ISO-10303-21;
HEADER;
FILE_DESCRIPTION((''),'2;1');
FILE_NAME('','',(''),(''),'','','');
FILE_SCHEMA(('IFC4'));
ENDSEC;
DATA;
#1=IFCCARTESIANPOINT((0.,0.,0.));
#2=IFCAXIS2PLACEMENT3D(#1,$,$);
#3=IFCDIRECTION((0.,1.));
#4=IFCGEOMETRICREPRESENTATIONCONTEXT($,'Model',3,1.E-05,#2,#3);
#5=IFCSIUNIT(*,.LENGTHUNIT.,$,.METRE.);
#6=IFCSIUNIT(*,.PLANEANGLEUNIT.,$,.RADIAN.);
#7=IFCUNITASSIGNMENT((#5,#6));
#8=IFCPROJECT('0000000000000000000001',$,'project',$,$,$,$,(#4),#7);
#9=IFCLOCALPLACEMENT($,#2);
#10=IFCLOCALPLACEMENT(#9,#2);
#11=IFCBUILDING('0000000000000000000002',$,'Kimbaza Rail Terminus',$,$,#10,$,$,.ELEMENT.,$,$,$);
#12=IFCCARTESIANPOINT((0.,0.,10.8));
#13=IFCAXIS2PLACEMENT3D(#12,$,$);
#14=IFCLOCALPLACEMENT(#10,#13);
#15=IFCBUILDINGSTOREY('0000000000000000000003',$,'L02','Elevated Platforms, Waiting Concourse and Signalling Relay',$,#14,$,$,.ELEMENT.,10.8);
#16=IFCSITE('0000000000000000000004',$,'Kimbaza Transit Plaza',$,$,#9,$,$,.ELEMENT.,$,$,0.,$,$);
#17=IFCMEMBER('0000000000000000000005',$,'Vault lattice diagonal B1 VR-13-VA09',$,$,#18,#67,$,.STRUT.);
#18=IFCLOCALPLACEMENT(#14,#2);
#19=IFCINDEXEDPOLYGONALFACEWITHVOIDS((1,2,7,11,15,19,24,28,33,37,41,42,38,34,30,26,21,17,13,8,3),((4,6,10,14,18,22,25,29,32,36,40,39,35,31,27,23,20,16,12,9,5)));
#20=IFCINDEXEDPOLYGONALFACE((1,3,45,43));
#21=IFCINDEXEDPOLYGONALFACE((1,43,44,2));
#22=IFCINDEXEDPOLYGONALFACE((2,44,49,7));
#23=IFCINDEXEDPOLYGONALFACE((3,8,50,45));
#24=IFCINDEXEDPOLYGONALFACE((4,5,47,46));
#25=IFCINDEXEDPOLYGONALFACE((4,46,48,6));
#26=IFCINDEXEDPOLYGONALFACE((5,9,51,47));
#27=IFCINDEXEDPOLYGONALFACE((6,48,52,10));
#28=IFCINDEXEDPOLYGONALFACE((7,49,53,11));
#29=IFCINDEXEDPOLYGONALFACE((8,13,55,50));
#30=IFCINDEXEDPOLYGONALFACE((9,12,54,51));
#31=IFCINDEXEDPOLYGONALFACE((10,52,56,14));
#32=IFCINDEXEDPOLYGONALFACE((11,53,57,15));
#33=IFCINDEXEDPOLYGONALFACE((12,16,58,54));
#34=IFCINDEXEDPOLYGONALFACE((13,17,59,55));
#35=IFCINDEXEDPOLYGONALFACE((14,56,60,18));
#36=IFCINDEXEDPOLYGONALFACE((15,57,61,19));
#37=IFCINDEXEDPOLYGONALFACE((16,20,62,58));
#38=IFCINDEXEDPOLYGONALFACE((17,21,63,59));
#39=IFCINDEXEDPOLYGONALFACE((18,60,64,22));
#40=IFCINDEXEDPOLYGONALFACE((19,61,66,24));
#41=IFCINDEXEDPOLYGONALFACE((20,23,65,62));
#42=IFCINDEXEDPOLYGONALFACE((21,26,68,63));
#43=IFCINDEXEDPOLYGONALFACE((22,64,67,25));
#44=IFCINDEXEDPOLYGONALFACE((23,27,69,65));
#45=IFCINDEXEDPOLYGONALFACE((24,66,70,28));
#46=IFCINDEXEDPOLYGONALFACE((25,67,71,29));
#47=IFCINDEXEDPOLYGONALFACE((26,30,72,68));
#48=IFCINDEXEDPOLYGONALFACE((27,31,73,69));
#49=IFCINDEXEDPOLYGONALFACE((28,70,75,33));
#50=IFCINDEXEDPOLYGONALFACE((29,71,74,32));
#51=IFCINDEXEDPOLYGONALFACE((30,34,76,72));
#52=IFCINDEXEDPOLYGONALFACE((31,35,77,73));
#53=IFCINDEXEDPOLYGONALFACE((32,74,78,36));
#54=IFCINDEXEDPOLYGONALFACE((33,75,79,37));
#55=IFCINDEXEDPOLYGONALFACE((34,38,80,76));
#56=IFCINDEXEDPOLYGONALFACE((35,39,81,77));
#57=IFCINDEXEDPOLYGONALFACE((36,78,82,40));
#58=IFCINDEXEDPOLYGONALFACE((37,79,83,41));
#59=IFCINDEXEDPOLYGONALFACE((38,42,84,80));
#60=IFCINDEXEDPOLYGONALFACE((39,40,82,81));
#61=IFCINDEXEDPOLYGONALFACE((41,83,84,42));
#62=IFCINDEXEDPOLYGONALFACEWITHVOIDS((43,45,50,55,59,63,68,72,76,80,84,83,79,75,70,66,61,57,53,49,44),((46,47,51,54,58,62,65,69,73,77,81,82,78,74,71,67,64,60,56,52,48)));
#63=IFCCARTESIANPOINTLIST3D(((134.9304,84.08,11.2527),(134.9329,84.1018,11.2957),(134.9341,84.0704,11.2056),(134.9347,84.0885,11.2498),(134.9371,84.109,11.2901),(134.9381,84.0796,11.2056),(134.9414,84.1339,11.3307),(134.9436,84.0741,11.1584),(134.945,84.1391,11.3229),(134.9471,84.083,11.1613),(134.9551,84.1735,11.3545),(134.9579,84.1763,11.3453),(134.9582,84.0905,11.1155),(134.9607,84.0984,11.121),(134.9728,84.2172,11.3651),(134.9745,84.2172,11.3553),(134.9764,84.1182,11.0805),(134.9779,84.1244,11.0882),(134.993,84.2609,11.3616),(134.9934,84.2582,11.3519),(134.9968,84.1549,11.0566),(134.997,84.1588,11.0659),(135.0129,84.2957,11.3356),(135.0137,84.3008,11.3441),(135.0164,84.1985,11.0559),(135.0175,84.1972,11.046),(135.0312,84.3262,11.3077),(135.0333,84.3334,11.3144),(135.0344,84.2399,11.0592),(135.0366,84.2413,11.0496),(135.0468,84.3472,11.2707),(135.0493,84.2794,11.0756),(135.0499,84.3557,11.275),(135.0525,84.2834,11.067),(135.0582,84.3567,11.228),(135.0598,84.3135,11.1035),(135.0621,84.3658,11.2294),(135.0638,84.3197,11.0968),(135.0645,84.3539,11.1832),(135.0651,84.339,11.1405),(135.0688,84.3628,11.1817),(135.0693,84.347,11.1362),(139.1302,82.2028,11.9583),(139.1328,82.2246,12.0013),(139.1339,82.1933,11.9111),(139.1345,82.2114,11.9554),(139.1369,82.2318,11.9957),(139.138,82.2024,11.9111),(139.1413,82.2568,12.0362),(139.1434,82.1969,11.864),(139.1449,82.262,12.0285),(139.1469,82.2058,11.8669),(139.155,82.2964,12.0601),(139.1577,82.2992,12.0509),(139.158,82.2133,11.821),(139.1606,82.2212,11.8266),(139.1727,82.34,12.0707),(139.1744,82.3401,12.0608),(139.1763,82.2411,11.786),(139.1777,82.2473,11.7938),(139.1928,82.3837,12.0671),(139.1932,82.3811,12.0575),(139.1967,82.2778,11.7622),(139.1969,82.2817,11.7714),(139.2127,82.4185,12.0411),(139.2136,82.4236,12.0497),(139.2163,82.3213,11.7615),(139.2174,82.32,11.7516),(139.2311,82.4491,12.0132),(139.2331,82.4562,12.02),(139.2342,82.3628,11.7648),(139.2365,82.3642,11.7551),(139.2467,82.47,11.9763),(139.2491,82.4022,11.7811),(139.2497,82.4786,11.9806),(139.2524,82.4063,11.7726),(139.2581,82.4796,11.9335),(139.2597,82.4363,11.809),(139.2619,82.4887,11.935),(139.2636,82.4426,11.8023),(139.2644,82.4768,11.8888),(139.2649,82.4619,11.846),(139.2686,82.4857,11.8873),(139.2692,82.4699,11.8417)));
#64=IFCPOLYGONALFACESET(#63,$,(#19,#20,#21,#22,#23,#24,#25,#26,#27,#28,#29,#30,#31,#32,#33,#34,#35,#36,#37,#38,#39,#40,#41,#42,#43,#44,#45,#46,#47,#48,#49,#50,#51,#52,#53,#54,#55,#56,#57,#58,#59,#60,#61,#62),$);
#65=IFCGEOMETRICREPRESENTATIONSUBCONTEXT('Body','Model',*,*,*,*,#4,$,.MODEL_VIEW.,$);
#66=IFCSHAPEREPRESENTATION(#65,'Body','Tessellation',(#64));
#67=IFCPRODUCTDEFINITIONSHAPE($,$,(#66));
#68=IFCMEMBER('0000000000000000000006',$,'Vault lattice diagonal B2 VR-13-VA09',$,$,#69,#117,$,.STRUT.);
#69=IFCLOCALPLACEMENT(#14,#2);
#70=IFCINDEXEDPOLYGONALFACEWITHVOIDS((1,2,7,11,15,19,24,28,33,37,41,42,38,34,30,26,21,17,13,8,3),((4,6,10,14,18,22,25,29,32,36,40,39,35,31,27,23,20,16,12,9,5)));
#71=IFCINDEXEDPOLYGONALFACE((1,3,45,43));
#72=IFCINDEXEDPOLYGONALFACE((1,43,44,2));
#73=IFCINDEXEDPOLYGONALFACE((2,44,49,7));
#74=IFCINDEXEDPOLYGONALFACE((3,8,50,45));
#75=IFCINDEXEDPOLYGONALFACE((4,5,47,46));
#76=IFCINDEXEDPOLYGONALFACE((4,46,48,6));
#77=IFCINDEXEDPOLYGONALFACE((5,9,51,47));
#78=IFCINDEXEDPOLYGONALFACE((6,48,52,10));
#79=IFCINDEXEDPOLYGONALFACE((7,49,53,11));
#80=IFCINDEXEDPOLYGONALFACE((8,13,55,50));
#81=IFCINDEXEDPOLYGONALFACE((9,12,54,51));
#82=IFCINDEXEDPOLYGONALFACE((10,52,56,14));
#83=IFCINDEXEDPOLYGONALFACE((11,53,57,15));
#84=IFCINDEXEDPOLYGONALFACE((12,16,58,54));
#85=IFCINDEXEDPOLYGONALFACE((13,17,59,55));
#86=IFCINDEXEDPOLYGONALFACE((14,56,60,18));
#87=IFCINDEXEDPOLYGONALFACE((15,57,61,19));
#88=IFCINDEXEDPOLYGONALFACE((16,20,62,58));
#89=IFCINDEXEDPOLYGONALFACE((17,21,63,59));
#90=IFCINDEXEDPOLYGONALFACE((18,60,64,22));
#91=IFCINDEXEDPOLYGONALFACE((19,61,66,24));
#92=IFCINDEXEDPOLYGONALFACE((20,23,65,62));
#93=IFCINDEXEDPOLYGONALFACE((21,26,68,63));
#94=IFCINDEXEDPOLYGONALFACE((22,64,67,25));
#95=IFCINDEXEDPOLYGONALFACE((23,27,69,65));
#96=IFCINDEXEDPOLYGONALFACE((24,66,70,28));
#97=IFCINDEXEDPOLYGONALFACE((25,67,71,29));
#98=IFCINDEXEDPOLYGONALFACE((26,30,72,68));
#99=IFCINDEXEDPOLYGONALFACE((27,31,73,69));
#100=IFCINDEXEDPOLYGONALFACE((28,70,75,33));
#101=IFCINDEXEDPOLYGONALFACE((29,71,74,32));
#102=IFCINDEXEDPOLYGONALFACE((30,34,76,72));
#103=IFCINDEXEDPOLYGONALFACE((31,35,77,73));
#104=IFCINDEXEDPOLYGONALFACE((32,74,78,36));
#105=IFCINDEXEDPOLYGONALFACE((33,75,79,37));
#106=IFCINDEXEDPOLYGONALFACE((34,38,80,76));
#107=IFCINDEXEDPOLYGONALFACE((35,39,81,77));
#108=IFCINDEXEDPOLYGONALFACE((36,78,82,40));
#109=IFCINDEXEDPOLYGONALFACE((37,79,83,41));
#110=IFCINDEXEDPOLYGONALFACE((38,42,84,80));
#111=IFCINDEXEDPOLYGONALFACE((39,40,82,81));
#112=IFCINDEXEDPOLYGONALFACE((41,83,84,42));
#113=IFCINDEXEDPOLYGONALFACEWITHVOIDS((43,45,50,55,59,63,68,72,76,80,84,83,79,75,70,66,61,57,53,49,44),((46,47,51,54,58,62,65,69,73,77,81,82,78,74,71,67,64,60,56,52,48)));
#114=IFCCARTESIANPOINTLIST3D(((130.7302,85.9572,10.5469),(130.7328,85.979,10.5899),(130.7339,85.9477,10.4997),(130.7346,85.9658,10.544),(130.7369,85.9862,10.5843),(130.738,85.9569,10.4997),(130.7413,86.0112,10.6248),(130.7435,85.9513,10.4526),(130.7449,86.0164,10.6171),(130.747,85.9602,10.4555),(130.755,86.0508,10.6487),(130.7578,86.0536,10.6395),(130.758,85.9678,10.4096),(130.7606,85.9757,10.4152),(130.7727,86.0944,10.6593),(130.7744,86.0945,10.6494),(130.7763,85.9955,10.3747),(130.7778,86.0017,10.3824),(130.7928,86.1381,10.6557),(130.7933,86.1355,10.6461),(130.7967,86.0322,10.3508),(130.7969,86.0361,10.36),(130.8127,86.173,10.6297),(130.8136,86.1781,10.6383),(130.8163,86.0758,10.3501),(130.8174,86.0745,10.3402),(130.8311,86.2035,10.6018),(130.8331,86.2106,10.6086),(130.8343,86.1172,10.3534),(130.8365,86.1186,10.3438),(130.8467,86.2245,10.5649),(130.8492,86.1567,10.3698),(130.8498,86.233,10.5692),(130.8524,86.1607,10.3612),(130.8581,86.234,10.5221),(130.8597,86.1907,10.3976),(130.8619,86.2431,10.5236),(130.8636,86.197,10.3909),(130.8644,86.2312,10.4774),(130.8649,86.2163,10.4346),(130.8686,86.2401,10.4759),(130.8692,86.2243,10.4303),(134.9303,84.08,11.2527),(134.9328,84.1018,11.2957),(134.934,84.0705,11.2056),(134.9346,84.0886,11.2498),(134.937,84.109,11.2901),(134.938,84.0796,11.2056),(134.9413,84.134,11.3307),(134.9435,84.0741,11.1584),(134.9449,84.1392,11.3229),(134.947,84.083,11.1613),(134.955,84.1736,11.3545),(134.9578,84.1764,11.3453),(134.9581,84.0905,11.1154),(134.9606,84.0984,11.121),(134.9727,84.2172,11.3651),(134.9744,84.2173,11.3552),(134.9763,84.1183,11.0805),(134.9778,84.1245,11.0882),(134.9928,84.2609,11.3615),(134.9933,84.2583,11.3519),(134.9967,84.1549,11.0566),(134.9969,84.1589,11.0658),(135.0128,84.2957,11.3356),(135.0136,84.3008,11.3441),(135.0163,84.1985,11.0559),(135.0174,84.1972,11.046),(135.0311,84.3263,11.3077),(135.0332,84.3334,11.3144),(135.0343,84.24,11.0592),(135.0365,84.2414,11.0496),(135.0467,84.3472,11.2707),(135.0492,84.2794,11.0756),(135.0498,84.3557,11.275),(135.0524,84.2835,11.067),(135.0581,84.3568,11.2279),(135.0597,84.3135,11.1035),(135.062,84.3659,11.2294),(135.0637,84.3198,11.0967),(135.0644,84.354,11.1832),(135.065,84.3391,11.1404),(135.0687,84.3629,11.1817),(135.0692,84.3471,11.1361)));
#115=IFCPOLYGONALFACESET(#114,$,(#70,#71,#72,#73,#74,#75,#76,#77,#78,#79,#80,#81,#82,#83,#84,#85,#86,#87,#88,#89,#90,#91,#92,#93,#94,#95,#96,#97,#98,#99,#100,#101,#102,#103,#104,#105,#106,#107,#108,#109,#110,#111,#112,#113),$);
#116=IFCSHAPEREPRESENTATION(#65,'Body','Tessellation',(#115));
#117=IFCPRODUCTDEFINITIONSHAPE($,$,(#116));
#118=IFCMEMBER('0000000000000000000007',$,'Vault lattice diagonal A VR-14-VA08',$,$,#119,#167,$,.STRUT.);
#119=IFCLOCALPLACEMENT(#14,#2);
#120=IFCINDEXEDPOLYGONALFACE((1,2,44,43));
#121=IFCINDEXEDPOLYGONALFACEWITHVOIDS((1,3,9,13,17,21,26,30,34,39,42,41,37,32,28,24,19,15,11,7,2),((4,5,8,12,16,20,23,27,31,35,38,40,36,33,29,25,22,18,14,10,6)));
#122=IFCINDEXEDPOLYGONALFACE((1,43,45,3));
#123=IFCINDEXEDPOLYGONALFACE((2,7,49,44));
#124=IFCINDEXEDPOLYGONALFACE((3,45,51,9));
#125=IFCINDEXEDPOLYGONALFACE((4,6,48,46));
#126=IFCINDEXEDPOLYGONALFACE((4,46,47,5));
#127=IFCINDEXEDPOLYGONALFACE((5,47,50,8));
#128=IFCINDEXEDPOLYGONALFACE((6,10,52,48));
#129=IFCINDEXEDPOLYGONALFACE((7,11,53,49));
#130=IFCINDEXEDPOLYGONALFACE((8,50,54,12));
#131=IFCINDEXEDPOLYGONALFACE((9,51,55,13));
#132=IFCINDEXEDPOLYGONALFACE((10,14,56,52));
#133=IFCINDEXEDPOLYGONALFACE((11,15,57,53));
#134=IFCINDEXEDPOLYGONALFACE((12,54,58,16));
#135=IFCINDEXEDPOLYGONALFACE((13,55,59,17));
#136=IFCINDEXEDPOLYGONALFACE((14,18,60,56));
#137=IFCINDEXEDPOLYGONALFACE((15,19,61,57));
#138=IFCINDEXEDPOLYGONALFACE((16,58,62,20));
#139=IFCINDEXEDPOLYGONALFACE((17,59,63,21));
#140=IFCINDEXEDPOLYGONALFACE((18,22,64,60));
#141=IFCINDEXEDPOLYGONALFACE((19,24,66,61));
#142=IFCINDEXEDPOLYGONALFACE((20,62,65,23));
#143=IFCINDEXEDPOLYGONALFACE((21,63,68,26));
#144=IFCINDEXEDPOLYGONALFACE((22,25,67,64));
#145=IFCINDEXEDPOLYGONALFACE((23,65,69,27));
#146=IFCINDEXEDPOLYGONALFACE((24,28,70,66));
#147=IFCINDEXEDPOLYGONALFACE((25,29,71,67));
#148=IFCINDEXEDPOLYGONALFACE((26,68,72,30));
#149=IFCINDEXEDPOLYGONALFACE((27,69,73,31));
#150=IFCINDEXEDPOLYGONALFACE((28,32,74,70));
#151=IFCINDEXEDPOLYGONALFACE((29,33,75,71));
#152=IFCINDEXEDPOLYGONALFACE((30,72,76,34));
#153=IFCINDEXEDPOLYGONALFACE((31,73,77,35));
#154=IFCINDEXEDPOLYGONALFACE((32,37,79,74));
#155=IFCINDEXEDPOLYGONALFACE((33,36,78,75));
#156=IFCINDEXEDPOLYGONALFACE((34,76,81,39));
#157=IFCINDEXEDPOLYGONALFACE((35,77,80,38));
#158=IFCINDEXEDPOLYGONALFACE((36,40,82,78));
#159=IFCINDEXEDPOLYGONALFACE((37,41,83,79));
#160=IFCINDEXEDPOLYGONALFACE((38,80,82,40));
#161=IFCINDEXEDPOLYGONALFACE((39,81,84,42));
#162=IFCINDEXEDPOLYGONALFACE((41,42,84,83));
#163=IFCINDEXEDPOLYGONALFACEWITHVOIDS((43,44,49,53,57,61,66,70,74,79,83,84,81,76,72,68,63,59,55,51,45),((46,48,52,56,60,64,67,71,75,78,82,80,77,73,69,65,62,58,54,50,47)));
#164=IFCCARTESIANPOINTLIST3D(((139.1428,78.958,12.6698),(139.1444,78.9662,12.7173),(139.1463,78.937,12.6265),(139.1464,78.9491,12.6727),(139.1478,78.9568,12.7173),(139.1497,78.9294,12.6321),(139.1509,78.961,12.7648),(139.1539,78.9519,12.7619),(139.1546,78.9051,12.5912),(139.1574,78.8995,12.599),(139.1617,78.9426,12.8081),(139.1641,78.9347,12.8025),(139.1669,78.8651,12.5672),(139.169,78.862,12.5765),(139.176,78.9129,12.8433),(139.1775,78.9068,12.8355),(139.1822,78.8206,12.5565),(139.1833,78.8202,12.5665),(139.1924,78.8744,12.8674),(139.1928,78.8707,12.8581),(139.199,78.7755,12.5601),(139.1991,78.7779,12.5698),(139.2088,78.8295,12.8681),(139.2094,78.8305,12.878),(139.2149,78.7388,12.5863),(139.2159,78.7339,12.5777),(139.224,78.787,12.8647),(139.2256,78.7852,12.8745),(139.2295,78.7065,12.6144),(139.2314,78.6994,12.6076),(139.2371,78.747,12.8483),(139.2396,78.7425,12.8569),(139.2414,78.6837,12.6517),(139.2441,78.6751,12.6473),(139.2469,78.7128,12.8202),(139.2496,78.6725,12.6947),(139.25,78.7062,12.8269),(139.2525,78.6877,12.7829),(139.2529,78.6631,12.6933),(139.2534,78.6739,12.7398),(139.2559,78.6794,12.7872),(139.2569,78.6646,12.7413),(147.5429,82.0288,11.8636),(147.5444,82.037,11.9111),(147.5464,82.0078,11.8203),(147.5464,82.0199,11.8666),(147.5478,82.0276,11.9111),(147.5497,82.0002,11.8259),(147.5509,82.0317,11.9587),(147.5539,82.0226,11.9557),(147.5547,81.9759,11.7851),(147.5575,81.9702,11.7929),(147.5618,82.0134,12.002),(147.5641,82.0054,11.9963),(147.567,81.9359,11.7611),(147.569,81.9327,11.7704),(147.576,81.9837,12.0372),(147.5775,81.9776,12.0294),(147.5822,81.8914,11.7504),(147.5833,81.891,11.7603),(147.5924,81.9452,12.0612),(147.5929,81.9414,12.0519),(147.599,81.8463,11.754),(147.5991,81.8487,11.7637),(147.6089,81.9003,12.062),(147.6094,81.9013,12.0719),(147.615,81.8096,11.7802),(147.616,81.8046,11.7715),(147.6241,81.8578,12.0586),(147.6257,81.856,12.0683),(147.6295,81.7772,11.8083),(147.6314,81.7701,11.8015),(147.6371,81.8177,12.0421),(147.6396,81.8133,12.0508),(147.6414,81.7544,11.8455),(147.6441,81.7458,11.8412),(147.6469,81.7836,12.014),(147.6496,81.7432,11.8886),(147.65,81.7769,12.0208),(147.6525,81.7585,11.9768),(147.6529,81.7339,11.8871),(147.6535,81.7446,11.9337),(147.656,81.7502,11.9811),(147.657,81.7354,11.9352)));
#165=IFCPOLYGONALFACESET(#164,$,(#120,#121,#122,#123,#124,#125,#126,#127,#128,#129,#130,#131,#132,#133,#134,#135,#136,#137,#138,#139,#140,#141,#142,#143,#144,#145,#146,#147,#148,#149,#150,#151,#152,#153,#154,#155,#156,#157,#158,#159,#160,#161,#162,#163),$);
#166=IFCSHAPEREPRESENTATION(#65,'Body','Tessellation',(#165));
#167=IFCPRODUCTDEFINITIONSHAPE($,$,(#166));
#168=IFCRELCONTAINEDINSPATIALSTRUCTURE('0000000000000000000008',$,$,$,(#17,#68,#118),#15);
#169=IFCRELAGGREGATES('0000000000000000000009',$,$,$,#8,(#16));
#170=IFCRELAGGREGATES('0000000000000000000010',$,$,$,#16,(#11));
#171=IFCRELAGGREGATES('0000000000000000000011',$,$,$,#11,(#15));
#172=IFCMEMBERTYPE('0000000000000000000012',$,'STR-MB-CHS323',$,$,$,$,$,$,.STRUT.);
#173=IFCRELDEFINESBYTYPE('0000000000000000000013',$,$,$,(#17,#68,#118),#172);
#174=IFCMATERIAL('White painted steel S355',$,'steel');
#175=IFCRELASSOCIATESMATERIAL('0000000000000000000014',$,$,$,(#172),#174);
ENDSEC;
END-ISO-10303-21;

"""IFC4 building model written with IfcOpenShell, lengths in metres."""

from ifc_helpers import new_model, si_unit, direction, frame, origin, origin_2d, place, context, subcontext, project, spatial, hollow_circle, extrude, material, material_profile, profile_set, type_object, element, save


model = new_model("IFC4")

# Units and contexts
model_context = context("Model", 3, precision=1e-05, world=origin(), true_north=direction((0.0, 1.0)))
body_context = subcontext(model_context, "Body", "Model", "MODEL_VIEW")
ifc_project = project(units=[si_unit("LENGTHUNIT", "METRE"), si_unit("PLANEANGLEUNIT", "RADIAN")], contexts=[model_context])

# Site, building, storey
site_placement = place(None, origin())
site = spatial("IfcSite", under=ifc_project, at=site_placement, Name="Kimbaza Transit Plaza", CompositionType="ELEMENT", RefElevation=0.0)
building_placement = place(site_placement, origin())
building = spatial("IfcBuilding", under=site, at=building_placement, Name="Kimbaza Rail Terminus", CompositionType="ELEMENT")
storey_placement = place(building_placement, frame((0.0, 0.0, 10.8)))
storey = spatial("IfcBuildingStorey", under=building, at=storey_placement, Name="L02", Description="Elevated Platforms, Waiting Concourse and Signalling Relay", CompositionType="ELEMENT", Elevation=10.8)

# Members
ifc_material_1 = material(Name="White painted steel S355", Category="steel")
ifc_material_profile_1 = material_profile(ifc_material_1, hollow_circle(Radius=0.1619, WallThickness=0.01, at=origin_2d()), Name="CHS 323.9x10")
ifc_profile_set_1 = profile_set([ifc_material_profile_1], Name="White painted steel S355")
member_type_1 = type_object("IfcMemberType", Name="STR-MB-CHS323", PredefinedType="STRUT", material=ifc_profile_set_1)
member_1_placement = place(storey_placement, frame((139.2, 82.3411, 11.9111), z_axis=(-0.902406, 0.403337, -0.151599), x_axis=(-0.408053, -0.912958, 0.0)))
element("IfcMember", 1, at=member_1_placement, inside=storey, type_object=member_type_1, Name="Vault lattice diagonal B1 VR-13-VA09", PredefinedType="STRUT", context=body_context, shape_type="SweptSolid", body=[
    extrude(hollow_circle(Radius=0.1619, WallThickness=0.01, at=origin_2d()), origin(), (0.0, 0.0, 1.0), 4.6541),
])
member_2_placement = place(storey_placement, frame((135.0, 84.2183, 11.2056), z_axis=(-0.902399, 0.403334, -0.15165), x_axis=(-0.408053, -0.912958, 0.0)))
element("IfcMember", 2, at=member_2_placement, inside=storey, type_object=member_type_1, Name="Vault lattice diagonal B2 VR-13-VA09", PredefinedType="STRUT", context=body_context, shape_type="SweptSolid", body=[
    extrude(hollow_circle(Radius=0.1619, WallThickness=0.01, at=origin_2d()), origin(), (0.0, 0.0, 1.0), 4.6543),
])
member_3_placement = place(storey_placement, frame((139.2, 78.8142, 12.7173), z_axis=(0.935418, 0.341956, -0.089771), x_axis=(-0.343343, 0.93921, 0.0)))
element("IfcMember", 3, at=member_3_placement, inside=storey, type_object=member_type_1, Name="Vault lattice diagonal A VR-14-VA08", PredefinedType="STRUT", context=body_context, shape_type="SweptSolid", body=[
    extrude(hollow_circle(Radius=0.1619, WallThickness=0.01, at=origin_2d()), origin(), (0.0, 0.0, 1.0), 8.98),
])

save(model, "model.ifc")
